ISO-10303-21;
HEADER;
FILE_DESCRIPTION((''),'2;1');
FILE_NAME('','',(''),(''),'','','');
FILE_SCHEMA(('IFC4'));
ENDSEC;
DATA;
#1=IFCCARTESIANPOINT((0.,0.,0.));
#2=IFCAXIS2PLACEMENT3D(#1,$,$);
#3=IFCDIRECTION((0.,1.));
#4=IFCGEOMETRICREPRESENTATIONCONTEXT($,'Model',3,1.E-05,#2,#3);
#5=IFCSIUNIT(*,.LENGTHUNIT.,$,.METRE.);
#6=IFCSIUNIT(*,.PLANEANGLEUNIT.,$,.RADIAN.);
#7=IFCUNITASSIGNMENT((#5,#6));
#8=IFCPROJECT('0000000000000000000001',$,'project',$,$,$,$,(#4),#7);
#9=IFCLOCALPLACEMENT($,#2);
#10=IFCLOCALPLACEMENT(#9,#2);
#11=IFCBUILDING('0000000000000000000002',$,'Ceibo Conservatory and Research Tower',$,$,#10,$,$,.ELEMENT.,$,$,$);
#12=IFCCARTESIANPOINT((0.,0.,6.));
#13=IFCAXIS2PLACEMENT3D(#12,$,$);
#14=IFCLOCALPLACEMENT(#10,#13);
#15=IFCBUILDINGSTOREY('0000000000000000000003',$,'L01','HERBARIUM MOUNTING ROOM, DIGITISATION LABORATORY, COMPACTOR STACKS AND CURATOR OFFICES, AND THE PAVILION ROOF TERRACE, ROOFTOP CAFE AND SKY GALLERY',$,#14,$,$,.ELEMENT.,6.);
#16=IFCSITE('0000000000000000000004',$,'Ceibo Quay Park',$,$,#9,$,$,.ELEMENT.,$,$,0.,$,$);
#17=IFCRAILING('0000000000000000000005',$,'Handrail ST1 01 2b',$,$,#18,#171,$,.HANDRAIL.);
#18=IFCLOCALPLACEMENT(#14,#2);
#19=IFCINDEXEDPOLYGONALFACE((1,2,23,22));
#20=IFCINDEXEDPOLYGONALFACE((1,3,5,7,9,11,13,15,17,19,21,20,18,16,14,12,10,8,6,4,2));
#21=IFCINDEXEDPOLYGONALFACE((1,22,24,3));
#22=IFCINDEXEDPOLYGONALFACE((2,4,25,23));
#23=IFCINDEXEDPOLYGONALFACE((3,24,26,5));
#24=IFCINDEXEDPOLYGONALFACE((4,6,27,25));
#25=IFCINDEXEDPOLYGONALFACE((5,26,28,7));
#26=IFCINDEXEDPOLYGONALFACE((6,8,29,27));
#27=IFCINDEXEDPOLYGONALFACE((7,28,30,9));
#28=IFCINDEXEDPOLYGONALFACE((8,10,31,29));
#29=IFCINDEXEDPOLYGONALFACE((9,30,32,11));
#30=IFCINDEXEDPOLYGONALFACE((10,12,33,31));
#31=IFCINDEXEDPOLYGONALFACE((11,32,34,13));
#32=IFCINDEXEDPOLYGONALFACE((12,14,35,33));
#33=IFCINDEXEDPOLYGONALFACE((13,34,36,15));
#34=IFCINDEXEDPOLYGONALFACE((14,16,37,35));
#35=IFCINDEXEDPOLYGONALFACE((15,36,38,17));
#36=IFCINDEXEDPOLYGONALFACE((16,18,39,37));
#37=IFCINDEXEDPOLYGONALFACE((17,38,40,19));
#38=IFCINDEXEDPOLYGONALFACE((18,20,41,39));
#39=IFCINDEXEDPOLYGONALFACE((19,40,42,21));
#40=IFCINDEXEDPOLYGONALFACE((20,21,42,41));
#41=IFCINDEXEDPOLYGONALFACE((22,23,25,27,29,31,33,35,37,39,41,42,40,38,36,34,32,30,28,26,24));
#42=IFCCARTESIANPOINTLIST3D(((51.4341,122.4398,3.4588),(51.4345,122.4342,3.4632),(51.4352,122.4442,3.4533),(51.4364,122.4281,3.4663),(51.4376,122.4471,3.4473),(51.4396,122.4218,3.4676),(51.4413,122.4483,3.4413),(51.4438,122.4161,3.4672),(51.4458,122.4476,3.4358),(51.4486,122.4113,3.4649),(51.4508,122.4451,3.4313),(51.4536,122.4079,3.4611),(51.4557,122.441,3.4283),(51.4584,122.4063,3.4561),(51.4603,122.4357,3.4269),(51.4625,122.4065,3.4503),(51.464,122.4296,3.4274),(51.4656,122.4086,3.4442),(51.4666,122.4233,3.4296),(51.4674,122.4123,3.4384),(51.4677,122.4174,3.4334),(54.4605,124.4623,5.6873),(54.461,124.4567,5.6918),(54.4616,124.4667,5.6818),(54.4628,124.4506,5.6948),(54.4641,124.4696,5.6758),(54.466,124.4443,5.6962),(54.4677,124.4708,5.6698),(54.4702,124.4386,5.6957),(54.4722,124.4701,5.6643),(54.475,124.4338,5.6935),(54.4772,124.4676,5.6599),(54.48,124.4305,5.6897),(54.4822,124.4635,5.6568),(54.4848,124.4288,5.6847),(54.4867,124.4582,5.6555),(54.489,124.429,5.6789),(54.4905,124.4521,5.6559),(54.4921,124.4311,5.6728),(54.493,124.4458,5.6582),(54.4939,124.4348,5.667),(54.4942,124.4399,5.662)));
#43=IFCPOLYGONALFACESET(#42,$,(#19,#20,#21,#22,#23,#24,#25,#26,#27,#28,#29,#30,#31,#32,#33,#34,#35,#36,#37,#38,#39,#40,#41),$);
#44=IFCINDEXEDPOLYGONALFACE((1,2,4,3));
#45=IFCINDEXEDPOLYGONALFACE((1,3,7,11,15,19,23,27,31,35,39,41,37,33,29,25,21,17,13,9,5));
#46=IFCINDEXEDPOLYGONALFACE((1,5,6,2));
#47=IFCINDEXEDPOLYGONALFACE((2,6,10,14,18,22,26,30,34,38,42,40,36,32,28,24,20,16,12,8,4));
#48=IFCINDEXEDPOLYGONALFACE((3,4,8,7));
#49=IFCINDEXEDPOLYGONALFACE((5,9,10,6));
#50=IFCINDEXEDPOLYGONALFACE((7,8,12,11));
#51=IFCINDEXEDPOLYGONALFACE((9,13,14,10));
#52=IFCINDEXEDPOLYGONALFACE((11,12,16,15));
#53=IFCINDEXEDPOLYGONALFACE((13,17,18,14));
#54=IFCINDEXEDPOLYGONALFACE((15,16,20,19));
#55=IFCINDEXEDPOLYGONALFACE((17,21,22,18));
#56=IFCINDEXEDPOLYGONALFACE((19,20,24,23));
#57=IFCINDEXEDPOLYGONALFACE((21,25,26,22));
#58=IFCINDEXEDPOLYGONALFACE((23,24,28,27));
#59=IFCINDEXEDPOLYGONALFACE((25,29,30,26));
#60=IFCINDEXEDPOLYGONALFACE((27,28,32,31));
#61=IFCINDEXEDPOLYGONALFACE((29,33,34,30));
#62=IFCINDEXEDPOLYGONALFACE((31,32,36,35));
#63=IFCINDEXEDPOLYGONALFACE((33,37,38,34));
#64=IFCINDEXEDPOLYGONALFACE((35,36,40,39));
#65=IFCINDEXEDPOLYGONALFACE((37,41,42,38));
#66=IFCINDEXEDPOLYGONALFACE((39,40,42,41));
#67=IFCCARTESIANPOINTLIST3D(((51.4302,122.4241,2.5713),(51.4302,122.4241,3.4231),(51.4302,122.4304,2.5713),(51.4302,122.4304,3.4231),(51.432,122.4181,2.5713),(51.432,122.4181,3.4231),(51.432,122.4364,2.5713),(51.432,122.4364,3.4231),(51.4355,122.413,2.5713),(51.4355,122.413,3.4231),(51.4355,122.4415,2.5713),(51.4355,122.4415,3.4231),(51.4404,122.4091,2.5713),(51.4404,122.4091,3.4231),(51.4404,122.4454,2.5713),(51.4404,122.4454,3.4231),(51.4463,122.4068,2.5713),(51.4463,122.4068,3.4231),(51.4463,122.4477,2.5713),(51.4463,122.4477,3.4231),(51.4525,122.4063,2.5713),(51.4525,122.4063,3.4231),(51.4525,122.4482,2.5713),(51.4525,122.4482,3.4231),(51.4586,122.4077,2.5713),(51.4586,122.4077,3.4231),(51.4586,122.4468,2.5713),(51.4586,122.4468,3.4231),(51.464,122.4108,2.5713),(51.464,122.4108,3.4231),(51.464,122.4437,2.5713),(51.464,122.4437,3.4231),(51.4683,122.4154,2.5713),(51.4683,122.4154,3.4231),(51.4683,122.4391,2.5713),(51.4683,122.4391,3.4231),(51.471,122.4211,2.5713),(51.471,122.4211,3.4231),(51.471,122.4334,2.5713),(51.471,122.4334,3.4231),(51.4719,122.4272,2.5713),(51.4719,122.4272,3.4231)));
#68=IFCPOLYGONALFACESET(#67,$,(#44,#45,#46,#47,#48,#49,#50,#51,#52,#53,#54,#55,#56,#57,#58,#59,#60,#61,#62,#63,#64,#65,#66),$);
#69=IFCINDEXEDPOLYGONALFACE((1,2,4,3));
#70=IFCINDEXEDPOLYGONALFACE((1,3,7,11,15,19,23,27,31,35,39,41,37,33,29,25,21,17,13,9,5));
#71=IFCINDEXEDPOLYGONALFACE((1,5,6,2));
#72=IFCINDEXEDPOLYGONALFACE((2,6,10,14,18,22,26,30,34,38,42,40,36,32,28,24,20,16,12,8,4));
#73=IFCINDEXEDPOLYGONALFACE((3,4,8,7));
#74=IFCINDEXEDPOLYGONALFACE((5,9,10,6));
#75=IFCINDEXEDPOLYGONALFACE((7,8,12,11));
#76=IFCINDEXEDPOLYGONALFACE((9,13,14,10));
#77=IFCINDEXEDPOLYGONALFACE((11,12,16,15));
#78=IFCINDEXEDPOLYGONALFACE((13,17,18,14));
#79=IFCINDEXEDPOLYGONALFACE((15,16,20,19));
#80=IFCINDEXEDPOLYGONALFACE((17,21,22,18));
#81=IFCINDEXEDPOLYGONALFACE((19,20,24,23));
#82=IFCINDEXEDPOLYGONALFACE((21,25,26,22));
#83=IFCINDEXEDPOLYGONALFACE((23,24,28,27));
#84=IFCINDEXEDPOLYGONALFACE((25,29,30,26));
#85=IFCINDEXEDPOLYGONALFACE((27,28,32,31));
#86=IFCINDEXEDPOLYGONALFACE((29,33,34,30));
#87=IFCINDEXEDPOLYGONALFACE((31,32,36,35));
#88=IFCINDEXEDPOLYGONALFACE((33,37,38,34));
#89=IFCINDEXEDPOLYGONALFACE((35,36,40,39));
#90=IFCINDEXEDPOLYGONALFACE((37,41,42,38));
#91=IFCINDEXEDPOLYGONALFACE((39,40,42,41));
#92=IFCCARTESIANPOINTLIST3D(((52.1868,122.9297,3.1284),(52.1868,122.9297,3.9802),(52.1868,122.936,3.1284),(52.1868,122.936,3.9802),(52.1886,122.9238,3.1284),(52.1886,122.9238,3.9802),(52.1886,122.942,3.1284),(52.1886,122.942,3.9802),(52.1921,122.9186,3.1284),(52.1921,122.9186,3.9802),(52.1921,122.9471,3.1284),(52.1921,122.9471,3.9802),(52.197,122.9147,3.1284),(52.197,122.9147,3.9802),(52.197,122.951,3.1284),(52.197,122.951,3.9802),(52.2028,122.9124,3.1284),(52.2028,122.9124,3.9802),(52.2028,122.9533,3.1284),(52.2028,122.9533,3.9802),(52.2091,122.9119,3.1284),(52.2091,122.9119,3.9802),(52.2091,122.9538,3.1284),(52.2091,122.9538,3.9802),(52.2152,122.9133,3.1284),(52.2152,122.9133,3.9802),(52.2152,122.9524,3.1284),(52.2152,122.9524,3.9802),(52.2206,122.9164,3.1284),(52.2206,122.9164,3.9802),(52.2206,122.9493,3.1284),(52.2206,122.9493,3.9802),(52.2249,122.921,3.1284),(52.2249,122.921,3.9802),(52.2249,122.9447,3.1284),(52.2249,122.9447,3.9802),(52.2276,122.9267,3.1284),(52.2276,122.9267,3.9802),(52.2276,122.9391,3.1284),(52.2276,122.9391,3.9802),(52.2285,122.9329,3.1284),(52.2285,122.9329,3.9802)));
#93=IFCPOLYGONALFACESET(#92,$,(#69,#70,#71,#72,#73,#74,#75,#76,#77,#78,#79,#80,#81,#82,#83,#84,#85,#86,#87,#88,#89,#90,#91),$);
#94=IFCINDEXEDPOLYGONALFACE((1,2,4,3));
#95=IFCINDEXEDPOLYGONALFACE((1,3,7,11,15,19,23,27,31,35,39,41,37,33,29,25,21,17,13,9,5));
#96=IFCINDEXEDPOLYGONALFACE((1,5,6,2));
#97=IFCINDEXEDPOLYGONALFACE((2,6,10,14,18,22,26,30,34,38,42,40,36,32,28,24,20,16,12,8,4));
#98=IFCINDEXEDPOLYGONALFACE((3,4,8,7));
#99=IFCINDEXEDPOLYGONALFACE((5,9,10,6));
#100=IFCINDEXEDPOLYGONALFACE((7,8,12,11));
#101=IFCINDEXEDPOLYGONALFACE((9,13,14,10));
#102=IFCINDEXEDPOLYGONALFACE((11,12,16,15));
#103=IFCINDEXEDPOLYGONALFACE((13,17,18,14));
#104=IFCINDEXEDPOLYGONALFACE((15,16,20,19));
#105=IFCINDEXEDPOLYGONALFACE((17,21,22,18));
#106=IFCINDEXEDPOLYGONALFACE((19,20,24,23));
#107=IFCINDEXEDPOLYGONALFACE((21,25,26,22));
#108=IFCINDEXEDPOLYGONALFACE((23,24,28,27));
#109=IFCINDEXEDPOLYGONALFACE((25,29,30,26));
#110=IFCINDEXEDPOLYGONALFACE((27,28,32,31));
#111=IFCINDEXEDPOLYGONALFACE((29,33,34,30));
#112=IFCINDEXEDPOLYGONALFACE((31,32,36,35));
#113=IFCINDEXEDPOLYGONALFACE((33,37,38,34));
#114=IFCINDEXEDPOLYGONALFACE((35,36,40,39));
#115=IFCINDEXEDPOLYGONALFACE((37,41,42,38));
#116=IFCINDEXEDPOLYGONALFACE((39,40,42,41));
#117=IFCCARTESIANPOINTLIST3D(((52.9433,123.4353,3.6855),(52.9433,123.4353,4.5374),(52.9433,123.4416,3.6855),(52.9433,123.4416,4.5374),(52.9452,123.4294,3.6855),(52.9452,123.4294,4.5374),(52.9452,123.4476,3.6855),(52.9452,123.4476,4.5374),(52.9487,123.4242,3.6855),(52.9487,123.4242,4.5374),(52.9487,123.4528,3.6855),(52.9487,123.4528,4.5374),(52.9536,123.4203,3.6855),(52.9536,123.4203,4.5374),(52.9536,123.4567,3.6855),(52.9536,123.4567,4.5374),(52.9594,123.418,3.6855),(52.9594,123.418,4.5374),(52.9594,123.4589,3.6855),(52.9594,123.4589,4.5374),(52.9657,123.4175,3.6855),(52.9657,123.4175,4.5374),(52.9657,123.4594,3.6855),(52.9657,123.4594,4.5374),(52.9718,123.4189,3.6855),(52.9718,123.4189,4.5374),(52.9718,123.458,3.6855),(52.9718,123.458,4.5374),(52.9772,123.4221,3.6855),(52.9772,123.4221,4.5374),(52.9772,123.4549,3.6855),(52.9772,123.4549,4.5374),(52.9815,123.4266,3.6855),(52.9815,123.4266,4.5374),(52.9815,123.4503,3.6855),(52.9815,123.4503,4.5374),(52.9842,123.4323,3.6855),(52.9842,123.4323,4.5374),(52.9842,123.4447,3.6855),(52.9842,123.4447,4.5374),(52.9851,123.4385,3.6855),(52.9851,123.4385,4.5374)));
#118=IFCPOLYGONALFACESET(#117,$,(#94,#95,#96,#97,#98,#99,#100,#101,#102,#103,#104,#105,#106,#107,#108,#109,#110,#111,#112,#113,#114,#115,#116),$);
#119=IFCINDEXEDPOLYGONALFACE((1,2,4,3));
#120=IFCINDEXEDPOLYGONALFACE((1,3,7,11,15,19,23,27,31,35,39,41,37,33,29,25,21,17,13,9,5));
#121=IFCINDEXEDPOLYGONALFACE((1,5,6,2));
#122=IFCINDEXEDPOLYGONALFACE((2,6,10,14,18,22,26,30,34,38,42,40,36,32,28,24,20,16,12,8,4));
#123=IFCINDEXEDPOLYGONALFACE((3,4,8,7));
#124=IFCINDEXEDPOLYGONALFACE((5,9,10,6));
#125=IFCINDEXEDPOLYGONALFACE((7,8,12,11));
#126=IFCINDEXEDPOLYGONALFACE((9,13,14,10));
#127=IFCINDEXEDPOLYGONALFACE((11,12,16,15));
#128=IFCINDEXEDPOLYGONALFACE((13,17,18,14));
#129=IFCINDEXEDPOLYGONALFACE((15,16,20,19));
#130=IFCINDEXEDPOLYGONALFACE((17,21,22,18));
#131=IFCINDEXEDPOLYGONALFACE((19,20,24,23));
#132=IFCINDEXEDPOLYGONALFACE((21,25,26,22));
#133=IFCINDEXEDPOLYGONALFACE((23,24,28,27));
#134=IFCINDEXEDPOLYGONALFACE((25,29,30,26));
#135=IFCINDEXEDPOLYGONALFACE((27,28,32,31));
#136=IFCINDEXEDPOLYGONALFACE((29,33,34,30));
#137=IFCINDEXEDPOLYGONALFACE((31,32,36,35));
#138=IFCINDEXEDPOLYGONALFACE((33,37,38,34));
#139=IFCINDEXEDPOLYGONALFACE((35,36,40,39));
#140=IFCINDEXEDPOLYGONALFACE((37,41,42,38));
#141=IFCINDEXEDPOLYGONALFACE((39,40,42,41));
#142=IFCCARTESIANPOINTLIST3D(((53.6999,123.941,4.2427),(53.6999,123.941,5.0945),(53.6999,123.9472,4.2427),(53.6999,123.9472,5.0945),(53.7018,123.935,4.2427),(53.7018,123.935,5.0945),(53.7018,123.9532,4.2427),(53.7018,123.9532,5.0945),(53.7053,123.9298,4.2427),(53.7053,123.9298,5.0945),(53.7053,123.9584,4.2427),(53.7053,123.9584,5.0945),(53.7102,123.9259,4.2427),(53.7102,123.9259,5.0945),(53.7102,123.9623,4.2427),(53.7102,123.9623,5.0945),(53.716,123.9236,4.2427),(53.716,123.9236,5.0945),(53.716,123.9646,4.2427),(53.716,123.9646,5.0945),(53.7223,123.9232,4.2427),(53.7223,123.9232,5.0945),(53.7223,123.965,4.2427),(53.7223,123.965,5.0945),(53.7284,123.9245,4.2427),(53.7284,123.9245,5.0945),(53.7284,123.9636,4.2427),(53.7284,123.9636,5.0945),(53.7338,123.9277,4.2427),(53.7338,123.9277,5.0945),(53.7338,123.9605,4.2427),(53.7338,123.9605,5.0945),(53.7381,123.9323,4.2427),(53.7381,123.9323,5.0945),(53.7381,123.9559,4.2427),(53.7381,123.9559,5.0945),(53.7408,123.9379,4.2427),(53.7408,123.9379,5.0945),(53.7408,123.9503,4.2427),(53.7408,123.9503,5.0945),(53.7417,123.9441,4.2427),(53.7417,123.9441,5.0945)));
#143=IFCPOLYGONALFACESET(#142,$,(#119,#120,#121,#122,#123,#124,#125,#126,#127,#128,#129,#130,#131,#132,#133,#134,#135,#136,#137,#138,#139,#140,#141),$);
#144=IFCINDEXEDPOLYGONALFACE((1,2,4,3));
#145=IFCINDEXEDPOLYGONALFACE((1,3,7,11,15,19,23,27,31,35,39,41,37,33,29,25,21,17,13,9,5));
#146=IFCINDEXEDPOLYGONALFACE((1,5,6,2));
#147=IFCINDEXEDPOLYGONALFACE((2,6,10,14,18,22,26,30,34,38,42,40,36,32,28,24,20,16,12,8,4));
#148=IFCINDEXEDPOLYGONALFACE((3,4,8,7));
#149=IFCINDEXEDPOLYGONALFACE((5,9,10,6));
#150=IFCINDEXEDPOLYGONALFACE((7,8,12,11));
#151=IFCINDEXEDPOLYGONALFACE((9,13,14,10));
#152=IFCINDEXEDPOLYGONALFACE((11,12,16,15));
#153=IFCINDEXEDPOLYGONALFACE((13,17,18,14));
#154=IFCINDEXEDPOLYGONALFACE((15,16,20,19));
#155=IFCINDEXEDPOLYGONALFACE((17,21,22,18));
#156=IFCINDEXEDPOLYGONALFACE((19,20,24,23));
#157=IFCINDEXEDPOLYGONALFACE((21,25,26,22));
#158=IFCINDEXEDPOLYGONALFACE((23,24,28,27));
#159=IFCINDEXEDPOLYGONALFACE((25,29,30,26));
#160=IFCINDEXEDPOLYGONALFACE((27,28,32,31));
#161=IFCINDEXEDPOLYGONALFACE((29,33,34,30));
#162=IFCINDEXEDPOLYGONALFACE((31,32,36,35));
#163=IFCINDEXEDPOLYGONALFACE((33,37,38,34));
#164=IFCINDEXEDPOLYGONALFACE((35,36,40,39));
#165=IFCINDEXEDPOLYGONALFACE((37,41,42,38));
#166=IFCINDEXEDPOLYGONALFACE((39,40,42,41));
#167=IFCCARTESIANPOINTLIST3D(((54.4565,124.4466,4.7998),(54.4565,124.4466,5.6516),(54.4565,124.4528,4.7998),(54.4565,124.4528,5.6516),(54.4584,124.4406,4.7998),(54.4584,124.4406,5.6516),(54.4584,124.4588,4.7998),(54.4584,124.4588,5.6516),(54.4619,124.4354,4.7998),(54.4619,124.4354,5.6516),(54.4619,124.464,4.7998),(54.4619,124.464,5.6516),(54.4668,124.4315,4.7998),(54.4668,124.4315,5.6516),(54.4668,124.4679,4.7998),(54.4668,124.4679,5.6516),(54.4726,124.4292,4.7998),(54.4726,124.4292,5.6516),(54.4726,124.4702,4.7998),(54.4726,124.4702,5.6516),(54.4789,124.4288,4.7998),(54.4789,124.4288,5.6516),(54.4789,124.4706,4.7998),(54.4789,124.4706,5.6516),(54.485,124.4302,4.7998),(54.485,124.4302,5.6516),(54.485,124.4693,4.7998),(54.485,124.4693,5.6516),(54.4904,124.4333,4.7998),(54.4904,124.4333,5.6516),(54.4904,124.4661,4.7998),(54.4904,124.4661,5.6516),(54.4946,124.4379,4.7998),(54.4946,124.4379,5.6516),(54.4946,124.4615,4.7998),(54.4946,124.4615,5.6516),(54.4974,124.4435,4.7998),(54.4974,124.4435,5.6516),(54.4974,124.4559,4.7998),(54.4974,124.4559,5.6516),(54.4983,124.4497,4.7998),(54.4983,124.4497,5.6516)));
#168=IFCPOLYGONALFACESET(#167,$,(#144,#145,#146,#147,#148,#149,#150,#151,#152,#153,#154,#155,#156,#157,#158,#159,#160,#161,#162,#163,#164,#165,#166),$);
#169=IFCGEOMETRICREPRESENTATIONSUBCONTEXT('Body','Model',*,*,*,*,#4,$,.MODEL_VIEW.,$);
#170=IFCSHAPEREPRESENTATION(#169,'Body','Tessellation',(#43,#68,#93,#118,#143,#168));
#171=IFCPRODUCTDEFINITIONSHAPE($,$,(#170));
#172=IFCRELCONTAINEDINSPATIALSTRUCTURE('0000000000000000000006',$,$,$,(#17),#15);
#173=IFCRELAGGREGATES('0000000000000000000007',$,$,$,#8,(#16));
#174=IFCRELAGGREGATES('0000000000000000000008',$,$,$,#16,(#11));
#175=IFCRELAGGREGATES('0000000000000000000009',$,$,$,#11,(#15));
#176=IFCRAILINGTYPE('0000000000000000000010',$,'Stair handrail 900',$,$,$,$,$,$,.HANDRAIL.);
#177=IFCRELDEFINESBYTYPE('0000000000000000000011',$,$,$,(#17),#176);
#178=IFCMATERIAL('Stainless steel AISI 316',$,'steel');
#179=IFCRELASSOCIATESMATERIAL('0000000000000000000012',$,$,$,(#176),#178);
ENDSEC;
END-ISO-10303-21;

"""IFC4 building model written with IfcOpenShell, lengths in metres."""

from ifc_helpers import new_model, si_unit, direction, frame, origin, origin_2d, place, context, subcontext, project, spatial, circle, extrude, material, type_object, element, save


model = new_model("IFC4")

# Units and contexts
model_context = context("Model", 3, precision=1e-05, world=origin(), true_north=direction((0.0, 1.0)))
body_context = subcontext(model_context, "Body", "Model", "MODEL_VIEW")
ifc_project = project(units=[si_unit("LENGTHUNIT", "METRE"), si_unit("PLANEANGLEUNIT", "RADIAN")], contexts=[model_context])

# Site, building, storey
site_placement = place(None, origin())
site = spatial("IfcSite", under=ifc_project, at=site_placement, Name="Ceibo Quay Park", CompositionType="ELEMENT", RefElevation=0.0)
building_placement = place(site_placement, origin())
building = spatial("IfcBuilding", under=site, at=building_placement, Name="Ceibo Conservatory and Research Tower", CompositionType="ELEMENT")
storey_placement = place(building_placement, frame((0.0, 0.0, 6.0)))
storey = spatial("IfcBuildingStorey", under=building, at=storey_placement, Name="L01", Description="HERBARIUM MOUNTING ROOM, DIGITISATION LABORATORY, COMPACTOR STACKS AND CURATOR OFFICES, AND THE PAVILION ROOF TERRACE, ROOFTOP CAFE AND SKY GALLERY", CompositionType="ELEMENT", Elevation=6.0)

# Railing
ifc_material_1 = material(Name="Stainless steel AISI 316", Category="steel")
railing_type = type_object("IfcRailingType", Name="Stair handrail 900", PredefinedType="HANDRAIL", material=ifc_material_1)
railing_1_placement = place(storey_placement, frame((51.4509, 122.4272, 2.5713)))
element("IfcRailing", 1, at=railing_1_placement, inside=storey, type_object=railing_type, Name="Handrail ST1 01 2b", PredefinedType="HANDRAIL", context=body_context, shape_type="SweptSolid", body=[
    extrude(circle(Radius=0.0239, at=origin_2d()), frame((0.0, 0.0, 0.876), z_axis=(0.709089, 0.47387, 0.522149), x_axis=(-0.555629, 0.831431, 0.0)), (0.0, 0.0, 1.0), 4.2681),
    extrude(circle(Radius=0.021, at=origin_2d()), origin(), (0.0, 0.0, 1.0), 0.8518),
    extrude(circle(Radius=0.021, at=origin_2d()), frame((0.7566, 0.5056, 0.5571)), (0.0, 0.0, 1.0), 0.8518),
    extrude(circle(Radius=0.021, at=origin_2d()), frame((1.5132, 1.0112, 1.1143)), (0.0, 0.0, 1.0), 0.8518),
    extrude(circle(Radius=0.021, at=origin_2d()), frame((2.2698, 1.5168, 1.6714)), (0.0, 0.0, 1.0), 0.8518),
    extrude(circle(Radius=0.021, at=origin_2d()), frame((3.0264, 2.0225, 2.2285)), (0.0, 0.0, 1.0), 0.8518),
])

save(model, "model.ifc")
